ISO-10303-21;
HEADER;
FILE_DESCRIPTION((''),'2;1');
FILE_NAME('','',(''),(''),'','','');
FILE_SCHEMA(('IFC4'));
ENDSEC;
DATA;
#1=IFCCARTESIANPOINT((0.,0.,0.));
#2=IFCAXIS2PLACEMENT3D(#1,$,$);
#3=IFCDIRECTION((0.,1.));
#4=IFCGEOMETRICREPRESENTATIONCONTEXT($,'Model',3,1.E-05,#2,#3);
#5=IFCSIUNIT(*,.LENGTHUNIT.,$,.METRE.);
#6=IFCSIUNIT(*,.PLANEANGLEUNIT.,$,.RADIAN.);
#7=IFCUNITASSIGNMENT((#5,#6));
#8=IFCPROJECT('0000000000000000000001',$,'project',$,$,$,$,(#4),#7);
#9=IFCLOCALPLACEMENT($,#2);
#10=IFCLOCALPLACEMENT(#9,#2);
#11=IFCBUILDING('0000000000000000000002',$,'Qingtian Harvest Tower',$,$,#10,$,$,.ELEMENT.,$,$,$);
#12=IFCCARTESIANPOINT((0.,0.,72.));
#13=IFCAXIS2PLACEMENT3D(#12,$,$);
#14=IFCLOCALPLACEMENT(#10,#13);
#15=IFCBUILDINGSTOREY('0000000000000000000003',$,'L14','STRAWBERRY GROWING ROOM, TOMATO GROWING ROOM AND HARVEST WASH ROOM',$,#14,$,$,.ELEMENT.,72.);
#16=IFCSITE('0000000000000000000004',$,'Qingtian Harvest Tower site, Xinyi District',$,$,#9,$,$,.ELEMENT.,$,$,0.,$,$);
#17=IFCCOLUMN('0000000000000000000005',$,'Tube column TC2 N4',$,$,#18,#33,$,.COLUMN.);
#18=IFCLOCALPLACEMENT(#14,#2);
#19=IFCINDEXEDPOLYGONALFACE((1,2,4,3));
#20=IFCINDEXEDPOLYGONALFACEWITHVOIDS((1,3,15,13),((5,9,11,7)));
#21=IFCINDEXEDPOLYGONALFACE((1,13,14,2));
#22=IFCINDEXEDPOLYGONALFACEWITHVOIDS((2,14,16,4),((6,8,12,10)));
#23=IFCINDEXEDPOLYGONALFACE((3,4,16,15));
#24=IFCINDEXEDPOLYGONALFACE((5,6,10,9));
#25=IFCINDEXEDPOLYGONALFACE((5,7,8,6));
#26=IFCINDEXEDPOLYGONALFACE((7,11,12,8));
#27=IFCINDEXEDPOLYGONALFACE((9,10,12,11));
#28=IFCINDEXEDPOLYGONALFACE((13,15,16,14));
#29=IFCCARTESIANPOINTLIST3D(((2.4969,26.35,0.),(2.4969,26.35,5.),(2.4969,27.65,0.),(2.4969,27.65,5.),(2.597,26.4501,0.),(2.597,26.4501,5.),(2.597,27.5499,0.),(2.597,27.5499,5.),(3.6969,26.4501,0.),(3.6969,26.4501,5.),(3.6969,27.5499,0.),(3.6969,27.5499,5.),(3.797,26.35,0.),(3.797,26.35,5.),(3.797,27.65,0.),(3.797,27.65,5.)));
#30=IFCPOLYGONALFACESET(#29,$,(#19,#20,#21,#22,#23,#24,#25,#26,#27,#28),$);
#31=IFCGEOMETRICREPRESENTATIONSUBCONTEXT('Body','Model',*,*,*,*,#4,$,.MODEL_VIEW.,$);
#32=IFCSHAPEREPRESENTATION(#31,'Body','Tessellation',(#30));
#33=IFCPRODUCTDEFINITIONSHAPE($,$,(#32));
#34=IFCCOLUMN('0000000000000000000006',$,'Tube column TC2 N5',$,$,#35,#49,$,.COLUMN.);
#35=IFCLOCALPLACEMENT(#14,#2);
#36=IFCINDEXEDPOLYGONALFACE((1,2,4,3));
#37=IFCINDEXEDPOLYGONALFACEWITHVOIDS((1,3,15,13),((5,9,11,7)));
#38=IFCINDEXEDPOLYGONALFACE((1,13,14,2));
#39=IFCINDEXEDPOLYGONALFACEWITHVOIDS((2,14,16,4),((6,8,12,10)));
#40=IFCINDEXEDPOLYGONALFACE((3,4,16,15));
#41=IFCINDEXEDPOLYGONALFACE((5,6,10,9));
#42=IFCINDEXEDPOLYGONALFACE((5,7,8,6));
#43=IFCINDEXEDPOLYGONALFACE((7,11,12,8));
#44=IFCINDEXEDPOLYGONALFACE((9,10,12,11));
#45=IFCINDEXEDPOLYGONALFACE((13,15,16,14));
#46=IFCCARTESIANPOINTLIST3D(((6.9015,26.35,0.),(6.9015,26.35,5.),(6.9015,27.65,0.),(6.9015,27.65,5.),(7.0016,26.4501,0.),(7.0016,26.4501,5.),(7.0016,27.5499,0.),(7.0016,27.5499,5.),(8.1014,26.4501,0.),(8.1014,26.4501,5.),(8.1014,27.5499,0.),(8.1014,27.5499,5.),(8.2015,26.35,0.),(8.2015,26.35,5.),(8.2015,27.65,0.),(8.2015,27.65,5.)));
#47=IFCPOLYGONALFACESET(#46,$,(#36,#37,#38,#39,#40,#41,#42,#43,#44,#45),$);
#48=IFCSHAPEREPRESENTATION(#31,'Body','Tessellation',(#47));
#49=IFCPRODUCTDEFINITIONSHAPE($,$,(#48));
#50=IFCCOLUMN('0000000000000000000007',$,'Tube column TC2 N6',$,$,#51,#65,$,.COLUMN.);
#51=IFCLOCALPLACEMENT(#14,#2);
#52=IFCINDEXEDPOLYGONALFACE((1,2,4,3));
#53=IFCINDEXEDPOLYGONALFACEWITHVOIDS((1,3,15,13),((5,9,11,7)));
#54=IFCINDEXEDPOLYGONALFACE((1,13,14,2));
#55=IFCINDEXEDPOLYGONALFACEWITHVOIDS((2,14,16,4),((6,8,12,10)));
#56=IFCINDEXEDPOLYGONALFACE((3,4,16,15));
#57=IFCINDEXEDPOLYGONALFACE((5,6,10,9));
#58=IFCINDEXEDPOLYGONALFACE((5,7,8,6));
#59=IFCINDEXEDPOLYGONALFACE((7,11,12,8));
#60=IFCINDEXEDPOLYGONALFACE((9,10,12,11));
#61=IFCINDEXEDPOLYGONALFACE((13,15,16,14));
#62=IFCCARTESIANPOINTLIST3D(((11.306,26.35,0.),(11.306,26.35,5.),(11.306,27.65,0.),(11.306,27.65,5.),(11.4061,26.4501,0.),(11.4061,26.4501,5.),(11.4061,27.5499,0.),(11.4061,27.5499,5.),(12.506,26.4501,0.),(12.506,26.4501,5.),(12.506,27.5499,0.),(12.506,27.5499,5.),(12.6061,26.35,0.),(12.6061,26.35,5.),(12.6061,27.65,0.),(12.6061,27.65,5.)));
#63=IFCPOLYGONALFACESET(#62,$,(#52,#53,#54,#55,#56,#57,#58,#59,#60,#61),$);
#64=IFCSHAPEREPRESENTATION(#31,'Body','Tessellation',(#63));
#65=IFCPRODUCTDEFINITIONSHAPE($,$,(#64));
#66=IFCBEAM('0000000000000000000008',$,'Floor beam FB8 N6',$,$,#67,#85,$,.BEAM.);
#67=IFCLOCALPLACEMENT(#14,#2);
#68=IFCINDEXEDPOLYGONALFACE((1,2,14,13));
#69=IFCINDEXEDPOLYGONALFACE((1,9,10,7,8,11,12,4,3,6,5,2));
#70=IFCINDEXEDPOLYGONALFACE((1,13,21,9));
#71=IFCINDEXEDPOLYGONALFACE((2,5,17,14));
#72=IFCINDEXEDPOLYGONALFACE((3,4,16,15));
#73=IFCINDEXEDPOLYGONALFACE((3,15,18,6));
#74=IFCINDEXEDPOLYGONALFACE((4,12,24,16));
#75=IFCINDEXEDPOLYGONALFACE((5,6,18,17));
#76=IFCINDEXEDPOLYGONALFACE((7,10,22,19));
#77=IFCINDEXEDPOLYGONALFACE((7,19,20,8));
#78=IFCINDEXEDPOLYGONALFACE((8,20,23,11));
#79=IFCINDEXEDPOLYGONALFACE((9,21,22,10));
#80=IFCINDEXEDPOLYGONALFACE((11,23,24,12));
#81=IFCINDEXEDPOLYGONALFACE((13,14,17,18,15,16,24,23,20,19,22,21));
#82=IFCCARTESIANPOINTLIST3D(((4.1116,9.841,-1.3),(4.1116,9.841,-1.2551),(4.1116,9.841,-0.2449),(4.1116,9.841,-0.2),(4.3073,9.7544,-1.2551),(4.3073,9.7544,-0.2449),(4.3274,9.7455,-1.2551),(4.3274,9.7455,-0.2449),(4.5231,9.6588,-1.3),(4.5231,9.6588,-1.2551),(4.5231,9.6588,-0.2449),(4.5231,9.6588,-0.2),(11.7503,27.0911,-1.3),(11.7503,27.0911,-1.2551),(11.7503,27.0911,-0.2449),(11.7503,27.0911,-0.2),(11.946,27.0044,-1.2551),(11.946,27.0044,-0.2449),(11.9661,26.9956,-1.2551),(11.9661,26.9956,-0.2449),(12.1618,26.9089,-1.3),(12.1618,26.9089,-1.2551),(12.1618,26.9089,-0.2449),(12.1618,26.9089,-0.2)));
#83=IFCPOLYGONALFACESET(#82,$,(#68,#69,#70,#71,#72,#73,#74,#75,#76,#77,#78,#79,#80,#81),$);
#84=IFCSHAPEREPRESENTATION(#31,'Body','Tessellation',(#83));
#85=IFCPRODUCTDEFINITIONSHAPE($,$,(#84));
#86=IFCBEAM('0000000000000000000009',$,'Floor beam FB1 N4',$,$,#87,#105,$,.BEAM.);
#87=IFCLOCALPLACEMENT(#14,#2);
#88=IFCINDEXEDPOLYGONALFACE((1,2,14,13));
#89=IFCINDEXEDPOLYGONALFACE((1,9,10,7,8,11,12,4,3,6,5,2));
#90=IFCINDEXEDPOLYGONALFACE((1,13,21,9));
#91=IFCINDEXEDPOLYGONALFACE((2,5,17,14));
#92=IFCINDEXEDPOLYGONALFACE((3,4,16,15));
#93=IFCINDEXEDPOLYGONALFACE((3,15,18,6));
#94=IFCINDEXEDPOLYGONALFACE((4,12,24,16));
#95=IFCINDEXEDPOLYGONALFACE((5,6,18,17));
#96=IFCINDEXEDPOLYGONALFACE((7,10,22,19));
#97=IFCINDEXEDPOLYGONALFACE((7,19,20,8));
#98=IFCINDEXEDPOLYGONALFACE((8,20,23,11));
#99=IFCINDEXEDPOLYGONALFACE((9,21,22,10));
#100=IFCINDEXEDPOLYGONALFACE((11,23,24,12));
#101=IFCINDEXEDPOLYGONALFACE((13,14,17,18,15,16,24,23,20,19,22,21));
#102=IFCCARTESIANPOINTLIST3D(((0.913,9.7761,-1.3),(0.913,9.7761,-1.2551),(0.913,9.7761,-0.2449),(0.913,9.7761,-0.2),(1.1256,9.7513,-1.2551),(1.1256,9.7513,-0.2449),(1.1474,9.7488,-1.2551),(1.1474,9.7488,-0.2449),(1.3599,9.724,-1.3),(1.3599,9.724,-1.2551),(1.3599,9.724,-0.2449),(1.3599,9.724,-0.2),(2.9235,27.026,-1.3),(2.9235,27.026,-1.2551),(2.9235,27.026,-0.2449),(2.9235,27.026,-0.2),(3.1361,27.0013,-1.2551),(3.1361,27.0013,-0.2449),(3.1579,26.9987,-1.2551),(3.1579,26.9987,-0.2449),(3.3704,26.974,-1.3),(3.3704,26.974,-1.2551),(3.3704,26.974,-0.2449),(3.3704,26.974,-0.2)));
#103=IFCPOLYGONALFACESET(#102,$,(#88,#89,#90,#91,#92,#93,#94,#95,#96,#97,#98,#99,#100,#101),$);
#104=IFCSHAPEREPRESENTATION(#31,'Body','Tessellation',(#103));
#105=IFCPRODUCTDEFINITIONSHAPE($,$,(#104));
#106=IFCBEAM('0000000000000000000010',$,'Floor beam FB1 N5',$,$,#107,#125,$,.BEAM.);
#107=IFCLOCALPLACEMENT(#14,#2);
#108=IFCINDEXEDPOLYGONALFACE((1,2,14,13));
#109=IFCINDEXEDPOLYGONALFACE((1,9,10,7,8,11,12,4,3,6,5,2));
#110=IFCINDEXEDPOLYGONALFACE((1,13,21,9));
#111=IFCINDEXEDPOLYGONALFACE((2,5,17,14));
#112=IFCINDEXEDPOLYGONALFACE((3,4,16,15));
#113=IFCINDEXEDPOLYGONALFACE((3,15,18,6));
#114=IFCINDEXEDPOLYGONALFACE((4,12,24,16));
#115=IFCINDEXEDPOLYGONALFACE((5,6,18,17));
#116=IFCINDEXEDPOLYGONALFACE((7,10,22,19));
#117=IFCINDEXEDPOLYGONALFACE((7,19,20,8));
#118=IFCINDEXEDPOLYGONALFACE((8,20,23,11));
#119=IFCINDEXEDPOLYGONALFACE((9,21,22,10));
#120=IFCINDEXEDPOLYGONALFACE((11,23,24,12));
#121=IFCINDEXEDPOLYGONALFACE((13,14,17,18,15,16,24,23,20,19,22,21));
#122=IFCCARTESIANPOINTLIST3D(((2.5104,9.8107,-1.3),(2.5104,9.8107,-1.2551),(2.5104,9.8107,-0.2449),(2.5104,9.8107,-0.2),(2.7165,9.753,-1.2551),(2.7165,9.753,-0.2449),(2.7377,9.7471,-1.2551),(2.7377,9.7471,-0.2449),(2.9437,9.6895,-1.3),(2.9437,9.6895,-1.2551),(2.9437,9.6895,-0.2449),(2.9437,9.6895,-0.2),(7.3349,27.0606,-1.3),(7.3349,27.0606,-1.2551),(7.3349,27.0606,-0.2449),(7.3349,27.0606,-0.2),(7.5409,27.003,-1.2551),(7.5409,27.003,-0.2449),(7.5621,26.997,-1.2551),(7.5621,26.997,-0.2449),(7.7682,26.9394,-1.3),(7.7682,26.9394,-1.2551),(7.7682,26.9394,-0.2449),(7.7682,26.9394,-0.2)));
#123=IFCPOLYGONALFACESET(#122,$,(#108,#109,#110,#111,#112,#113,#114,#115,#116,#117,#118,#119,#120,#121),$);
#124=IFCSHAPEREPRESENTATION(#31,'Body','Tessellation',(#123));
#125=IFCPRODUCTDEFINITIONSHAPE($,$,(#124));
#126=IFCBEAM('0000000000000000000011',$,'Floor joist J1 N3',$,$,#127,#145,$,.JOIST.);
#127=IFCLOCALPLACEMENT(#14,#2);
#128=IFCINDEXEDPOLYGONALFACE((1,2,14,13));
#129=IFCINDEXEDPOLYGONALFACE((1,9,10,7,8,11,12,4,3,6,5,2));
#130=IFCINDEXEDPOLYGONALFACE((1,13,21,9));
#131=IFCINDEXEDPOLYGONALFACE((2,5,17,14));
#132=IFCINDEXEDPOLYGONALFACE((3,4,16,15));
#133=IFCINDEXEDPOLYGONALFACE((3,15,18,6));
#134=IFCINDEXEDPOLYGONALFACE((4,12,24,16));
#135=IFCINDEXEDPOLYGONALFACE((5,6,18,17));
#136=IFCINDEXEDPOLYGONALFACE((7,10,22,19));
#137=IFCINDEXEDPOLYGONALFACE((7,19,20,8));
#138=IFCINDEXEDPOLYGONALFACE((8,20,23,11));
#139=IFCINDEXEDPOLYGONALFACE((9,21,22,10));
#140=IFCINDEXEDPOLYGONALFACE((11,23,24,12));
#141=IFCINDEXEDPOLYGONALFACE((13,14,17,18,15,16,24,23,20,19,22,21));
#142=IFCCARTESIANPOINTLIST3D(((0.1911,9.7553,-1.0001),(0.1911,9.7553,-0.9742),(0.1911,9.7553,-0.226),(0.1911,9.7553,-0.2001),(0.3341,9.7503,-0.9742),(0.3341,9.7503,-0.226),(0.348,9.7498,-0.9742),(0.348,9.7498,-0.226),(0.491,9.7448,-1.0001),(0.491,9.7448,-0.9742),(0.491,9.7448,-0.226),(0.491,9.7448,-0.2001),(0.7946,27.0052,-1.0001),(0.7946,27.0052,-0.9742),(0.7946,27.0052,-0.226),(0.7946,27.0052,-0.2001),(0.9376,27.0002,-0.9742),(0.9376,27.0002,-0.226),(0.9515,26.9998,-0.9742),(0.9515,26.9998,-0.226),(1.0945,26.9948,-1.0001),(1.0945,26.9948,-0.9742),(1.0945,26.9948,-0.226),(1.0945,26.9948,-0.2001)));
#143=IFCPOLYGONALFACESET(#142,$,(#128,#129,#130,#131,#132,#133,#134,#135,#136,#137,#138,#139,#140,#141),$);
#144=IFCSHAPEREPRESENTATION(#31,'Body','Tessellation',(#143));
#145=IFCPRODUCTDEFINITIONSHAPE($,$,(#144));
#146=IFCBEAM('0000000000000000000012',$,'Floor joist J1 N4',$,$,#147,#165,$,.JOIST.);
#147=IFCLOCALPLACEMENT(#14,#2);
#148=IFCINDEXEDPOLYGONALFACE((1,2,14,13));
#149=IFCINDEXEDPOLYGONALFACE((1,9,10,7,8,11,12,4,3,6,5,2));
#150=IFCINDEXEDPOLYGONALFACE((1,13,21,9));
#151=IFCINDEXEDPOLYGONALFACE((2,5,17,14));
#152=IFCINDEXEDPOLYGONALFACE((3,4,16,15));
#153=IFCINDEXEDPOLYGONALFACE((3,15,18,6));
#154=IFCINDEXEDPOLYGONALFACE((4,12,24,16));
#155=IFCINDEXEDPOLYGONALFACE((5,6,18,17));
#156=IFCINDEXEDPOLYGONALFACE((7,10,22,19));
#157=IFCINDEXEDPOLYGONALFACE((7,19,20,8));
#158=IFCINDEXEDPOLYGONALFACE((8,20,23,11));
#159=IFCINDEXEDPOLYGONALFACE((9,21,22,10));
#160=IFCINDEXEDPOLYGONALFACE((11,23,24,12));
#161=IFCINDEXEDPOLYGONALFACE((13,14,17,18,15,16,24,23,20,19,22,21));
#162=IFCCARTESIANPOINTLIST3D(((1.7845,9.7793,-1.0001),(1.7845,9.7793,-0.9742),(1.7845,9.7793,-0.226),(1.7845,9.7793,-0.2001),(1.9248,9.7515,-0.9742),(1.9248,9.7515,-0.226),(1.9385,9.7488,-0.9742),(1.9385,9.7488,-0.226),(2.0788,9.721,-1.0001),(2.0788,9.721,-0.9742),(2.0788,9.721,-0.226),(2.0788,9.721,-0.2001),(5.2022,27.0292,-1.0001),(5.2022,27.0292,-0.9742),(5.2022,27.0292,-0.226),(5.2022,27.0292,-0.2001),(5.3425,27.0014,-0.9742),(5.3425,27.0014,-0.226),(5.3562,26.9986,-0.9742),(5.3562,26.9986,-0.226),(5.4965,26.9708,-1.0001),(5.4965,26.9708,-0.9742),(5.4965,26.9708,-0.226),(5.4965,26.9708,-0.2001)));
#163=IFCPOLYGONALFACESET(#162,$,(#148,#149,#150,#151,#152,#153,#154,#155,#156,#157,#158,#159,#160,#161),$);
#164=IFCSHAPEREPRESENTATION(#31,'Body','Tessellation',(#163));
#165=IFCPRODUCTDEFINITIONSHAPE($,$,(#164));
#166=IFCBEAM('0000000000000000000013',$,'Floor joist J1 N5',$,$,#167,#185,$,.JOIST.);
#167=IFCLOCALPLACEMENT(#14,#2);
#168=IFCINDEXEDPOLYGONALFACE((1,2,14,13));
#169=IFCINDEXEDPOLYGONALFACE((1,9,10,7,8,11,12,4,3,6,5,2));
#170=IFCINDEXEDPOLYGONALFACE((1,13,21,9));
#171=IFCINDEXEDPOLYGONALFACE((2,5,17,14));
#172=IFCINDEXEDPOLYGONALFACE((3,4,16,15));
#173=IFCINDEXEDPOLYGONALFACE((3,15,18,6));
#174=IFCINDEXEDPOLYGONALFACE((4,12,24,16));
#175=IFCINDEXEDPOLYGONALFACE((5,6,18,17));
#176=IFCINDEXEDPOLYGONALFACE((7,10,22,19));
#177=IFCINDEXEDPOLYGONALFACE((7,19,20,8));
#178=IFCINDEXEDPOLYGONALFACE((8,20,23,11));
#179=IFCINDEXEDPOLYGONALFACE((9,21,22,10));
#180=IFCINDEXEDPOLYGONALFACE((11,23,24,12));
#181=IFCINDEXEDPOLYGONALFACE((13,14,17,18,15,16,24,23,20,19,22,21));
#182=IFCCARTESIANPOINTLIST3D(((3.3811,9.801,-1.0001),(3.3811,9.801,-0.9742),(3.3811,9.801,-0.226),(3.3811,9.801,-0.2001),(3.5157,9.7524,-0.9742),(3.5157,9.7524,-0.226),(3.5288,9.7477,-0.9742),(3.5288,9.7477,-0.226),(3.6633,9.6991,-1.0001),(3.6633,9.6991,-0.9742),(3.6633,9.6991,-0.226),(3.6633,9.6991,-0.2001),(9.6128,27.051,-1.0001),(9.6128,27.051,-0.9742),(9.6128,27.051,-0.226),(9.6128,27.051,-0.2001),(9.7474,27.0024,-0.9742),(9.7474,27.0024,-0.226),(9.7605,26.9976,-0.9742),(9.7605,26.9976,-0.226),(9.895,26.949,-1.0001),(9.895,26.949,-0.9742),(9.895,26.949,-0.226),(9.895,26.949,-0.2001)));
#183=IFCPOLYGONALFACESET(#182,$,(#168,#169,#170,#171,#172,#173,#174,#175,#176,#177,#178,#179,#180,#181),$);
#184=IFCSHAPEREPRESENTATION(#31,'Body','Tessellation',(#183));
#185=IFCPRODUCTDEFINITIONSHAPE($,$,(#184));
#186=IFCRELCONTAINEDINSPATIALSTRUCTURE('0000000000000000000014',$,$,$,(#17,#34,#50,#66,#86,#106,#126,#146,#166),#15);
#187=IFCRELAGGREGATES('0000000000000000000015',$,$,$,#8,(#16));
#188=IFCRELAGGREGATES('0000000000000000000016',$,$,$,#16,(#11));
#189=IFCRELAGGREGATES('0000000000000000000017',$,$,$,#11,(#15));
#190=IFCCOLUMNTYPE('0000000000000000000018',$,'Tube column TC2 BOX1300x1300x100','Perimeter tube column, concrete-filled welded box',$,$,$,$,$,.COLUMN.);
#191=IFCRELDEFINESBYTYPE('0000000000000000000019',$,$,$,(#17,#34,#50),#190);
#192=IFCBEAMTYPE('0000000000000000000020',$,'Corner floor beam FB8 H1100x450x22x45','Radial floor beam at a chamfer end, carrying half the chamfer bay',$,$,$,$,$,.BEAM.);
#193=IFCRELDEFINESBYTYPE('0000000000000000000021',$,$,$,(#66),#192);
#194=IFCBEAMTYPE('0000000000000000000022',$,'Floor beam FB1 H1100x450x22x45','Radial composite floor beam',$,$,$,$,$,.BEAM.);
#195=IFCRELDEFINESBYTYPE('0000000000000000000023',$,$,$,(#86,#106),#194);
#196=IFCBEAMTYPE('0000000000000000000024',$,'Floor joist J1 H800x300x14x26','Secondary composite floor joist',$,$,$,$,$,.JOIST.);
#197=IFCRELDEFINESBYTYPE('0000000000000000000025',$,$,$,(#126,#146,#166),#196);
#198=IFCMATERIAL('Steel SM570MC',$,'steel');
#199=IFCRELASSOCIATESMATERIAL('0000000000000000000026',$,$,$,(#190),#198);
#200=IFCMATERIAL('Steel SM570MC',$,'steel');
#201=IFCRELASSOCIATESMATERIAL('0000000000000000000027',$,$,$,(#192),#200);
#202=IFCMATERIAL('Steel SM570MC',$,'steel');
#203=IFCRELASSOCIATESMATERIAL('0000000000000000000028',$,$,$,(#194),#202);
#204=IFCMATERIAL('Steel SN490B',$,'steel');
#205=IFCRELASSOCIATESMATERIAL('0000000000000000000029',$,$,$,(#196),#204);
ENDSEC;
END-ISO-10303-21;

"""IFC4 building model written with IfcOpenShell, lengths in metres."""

from ifc_helpers import new_model, si_unit, direction, frame, origin, origin_2d, place, context, subcontext, project, spatial, hollow_rectangle, i_section, extrude, material, material_profile, profile_set, type_object, element, save


model = new_model("IFC4")

# Units and contexts
model_context = context("Model", 3, precision=1e-05, world=origin(), true_north=direction((0.0, 1.0)))
body_context = subcontext(model_context, "Body", "Model", "MODEL_VIEW")
ifc_project = project(units=[si_unit("LENGTHUNIT", "METRE"), si_unit("PLANEANGLEUNIT", "RADIAN")], contexts=[model_context])

# Site, building, storey
site_placement = place(None, origin())
site = spatial("IfcSite", under=ifc_project, at=site_placement, Name="Qingtian Harvest Tower site, Xinyi District", CompositionType="ELEMENT", RefElevation=0.0)
building_placement = place(site_placement, origin())
building = spatial("IfcBuilding", under=site, at=building_placement, Name="Qingtian Harvest Tower", CompositionType="ELEMENT")
storey_placement = place(building_placement, frame((0.0, 0.0, 72.0)))
storey = spatial("IfcBuildingStorey", under=building, at=storey_placement, Name="L14", Description="STRAWBERRY GROWING ROOM, TOMATO GROWING ROOM AND HARVEST WASH ROOM", CompositionType="ELEMENT", Elevation=72.0)

# Columns
ifc_material_1 = material(Name="Steel SM570MC", Category="steel")
ifc_material_profile_1 = material_profile(ifc_material_1, hollow_rectangle(XDim=1.3, YDim=1.3, WallThickness=0.1001, at=origin_2d()), Name="BOX1300x1300x100")
ifc_profile_set_1 = profile_set([ifc_material_profile_1], Name="Steel SM570MC")
column_type = type_object("IfcColumnType", Name="Tube column TC2 BOX1300x1300x100", Description="Perimeter tube column, concrete-filled welded box", PredefinedType="COLUMN", material=ifc_profile_set_1)
for number, where, z_axis, x_axis, name in (
    (1, (3.147, 27.0, 0.0), (0.0, 0.0, 1.0), (-1.0, 0.0, 0.0), "Tube column TC2 N4"),
    (2, (7.5515, 27.0, 0.0), (0.0, 0.0, 1.0), (-1.0, 0.0, 0.0), "Tube column TC2 N5"),
    (3, (11.9561, 27.0, 0.0), (0.0, 0.0, 1.0), (-1.0, 0.0, 0.0), "Tube column TC2 N6"),
):
    element("IfcColumn", number, at=place(storey_placement, frame(where, z_axis=z_axis, x_axis=x_axis)), inside=storey, type_object=column_type, Name=name, PredefinedType="COLUMN", context=body_context, shape_type="SweptSolid", body=[
        extrude(hollow_rectangle(XDim=1.3, YDim=1.3, WallThickness=0.1001, at=origin_2d()), origin(), (0.0, 0.0, 1.0), 5.0),
    ])

# Beams
ifc_material_2 = material(Name="Steel SM570MC", Category="steel")
ifc_material_profile_2 = material_profile(ifc_material_2, i_section(OverallWidth=0.45, OverallDepth=1.1001, WebThickness=0.022, FlangeThickness=0.0449, at=origin_2d()), Name="H1100x450x22x45")
ifc_profile_set_2 = profile_set([ifc_material_profile_2], Name="Steel SM570MC")
beam_type_1 = type_object("IfcBeamType", Name="Corner floor beam FB8 H1100x450x22x45", Description="Radial floor beam at a chamfer end, carrying half the chamfer bay", PredefinedType="BEAM", material=ifc_profile_set_2)
beam_1_placement = place(storey_placement, frame((11.9561, 27.0, -0.75), z_axis=(-0.404899, -0.914361, 0.0), x_axis=(0.914361, -0.404899, 0.0)))
element("IfcBeam", 4, at=beam_1_placement, inside=storey, type_object=beam_type_1, Name="Floor beam FB8 N6", PredefinedType="BEAM", context=body_context, shape_type="SweptSolid", body=[
    extrude(i_section(OverallWidth=0.45, OverallDepth=1.1001, WebThickness=0.022, FlangeThickness=0.0449, at=origin_2d()), origin(), (0.0, 0.0, 1.0), 18.8657),
])
ifc_material_3 = material(Name="Steel SM570MC", Category="steel")
ifc_material_profile_3 = material_profile(ifc_material_3, i_section(OverallWidth=0.45, OverallDepth=1.1001, WebThickness=0.022, FlangeThickness=0.0449, at=origin_2d()), Name="H1100x450x22x45")
ifc_profile_set_3 = profile_set([ifc_material_profile_3], Name="Steel SM570MC")
beam_type_2 = type_object("IfcBeamType", Name="Floor beam FB1 H1100x450x22x45", Description="Radial composite floor beam", PredefinedType="BEAM", material=ifc_profile_set_3)
beam_2_placement = place(storey_placement, frame((3.147, 27.0, -0.75), z_axis=(-0.115767, -0.993276, 0.0), x_axis=(0.993276, -0.115767, 0.0)))
element("IfcBeam", 5, at=beam_2_placement, inside=storey, type_object=beam_type_2, Name="Floor beam FB1 N4", PredefinedType="BEAM", context=body_context, shape_type="SweptSolid", body=[
    extrude(i_section(OverallWidth=0.45, OverallDepth=1.1001, WebThickness=0.022, FlangeThickness=0.0449, at=origin_2d()), origin(), (0.0, 0.0, 1.0), 17.3667),
])
beam_3_placement = place(storey_placement, frame((7.5515, 27.0, -0.75), z_axis=(-0.269343, -0.963044, 0.0), x_axis=(0.963044, -0.269343, 0.0)))
element("IfcBeam", 6, at=beam_3_placement, inside=storey, type_object=beam_type_2, Name="Floor beam FB1 N5", PredefinedType="BEAM", context=body_context, shape_type="SweptSolid", body=[
    extrude(i_section(OverallWidth=0.45, OverallDepth=1.1001, WebThickness=0.022, FlangeThickness=0.0449, at=origin_2d()), origin(), (0.0, 0.0, 1.0), 17.9119),
])
ifc_material_4 = material(Name="Steel SN490B", Category="steel")
ifc_material_profile_4 = material_profile(ifc_material_4, i_section(OverallWidth=0.3, OverallDepth=0.8, WebThickness=0.0139, FlangeThickness=0.0259, at=origin_2d()), Name="H800x300x14x26")
ifc_profile_set_4 = profile_set([ifc_material_profile_4], Name="Steel SN490B")
beam_type_3 = type_object("IfcBeamType", Name="Floor joist J1 H800x300x14x26", Description="Secondary composite floor joist", PredefinedType="JOIST", material=ifc_profile_set_4)
beam_4_placement = place(storey_placement, frame((0.9446, 27.0, -0.6001), z_axis=(-0.034965, -0.999389, 0.0), x_axis=(0.999389, -0.034965, 0.0)))
element("IfcBeam", 7, at=beam_4_placement, inside=storey, type_object=beam_type_3, Name="Floor joist J1 N3", PredefinedType="JOIST", context=body_context, shape_type="SweptSolid", body=[
    extrude(i_section(OverallWidth=0.3, OverallDepth=0.8, WebThickness=0.0139, FlangeThickness=0.0259, at=origin_2d()), origin(), (0.0, 0.0, 1.0), 17.2605),
])
beam_5_placement = place(storey_placement, frame((5.3494, 27.0, -0.6001), z_axis=(-0.194351, -0.980932, 0.0), x_axis=(0.980932, -0.194351, 0.0)))
element("IfcBeam", 8, at=beam_5_placement, inside=storey, type_object=beam_type_3, Name="Floor joist J1 N4", PredefinedType="JOIST", context=body_context, shape_type="SweptSolid", body=[
    extrude(i_section(OverallWidth=0.3, OverallDepth=0.8, WebThickness=0.0139, FlangeThickness=0.0259, at=origin_2d()), origin(), (0.0, 0.0, 1.0), 17.5852),
])
beam_6_placement = place(storey_placement, frame((9.7539, 27.0, -0.6001), z_axis=(-0.339766, -0.94051, 0.0), x_axis=(0.94051, -0.339766, 0.0)))
element("IfcBeam", 9, at=beam_6_placement, inside=storey, type_object=beam_type_3, Name="Floor joist J1 N5", PredefinedType="JOIST", context=body_context, shape_type="SweptSolid", body=[
    extrude(i_section(OverallWidth=0.3, OverallDepth=0.8, WebThickness=0.0139, FlangeThickness=0.0259, at=origin_2d()), origin(), (0.0, 0.0, 1.0), 18.3411),
])

save(model, "model.ifc")
